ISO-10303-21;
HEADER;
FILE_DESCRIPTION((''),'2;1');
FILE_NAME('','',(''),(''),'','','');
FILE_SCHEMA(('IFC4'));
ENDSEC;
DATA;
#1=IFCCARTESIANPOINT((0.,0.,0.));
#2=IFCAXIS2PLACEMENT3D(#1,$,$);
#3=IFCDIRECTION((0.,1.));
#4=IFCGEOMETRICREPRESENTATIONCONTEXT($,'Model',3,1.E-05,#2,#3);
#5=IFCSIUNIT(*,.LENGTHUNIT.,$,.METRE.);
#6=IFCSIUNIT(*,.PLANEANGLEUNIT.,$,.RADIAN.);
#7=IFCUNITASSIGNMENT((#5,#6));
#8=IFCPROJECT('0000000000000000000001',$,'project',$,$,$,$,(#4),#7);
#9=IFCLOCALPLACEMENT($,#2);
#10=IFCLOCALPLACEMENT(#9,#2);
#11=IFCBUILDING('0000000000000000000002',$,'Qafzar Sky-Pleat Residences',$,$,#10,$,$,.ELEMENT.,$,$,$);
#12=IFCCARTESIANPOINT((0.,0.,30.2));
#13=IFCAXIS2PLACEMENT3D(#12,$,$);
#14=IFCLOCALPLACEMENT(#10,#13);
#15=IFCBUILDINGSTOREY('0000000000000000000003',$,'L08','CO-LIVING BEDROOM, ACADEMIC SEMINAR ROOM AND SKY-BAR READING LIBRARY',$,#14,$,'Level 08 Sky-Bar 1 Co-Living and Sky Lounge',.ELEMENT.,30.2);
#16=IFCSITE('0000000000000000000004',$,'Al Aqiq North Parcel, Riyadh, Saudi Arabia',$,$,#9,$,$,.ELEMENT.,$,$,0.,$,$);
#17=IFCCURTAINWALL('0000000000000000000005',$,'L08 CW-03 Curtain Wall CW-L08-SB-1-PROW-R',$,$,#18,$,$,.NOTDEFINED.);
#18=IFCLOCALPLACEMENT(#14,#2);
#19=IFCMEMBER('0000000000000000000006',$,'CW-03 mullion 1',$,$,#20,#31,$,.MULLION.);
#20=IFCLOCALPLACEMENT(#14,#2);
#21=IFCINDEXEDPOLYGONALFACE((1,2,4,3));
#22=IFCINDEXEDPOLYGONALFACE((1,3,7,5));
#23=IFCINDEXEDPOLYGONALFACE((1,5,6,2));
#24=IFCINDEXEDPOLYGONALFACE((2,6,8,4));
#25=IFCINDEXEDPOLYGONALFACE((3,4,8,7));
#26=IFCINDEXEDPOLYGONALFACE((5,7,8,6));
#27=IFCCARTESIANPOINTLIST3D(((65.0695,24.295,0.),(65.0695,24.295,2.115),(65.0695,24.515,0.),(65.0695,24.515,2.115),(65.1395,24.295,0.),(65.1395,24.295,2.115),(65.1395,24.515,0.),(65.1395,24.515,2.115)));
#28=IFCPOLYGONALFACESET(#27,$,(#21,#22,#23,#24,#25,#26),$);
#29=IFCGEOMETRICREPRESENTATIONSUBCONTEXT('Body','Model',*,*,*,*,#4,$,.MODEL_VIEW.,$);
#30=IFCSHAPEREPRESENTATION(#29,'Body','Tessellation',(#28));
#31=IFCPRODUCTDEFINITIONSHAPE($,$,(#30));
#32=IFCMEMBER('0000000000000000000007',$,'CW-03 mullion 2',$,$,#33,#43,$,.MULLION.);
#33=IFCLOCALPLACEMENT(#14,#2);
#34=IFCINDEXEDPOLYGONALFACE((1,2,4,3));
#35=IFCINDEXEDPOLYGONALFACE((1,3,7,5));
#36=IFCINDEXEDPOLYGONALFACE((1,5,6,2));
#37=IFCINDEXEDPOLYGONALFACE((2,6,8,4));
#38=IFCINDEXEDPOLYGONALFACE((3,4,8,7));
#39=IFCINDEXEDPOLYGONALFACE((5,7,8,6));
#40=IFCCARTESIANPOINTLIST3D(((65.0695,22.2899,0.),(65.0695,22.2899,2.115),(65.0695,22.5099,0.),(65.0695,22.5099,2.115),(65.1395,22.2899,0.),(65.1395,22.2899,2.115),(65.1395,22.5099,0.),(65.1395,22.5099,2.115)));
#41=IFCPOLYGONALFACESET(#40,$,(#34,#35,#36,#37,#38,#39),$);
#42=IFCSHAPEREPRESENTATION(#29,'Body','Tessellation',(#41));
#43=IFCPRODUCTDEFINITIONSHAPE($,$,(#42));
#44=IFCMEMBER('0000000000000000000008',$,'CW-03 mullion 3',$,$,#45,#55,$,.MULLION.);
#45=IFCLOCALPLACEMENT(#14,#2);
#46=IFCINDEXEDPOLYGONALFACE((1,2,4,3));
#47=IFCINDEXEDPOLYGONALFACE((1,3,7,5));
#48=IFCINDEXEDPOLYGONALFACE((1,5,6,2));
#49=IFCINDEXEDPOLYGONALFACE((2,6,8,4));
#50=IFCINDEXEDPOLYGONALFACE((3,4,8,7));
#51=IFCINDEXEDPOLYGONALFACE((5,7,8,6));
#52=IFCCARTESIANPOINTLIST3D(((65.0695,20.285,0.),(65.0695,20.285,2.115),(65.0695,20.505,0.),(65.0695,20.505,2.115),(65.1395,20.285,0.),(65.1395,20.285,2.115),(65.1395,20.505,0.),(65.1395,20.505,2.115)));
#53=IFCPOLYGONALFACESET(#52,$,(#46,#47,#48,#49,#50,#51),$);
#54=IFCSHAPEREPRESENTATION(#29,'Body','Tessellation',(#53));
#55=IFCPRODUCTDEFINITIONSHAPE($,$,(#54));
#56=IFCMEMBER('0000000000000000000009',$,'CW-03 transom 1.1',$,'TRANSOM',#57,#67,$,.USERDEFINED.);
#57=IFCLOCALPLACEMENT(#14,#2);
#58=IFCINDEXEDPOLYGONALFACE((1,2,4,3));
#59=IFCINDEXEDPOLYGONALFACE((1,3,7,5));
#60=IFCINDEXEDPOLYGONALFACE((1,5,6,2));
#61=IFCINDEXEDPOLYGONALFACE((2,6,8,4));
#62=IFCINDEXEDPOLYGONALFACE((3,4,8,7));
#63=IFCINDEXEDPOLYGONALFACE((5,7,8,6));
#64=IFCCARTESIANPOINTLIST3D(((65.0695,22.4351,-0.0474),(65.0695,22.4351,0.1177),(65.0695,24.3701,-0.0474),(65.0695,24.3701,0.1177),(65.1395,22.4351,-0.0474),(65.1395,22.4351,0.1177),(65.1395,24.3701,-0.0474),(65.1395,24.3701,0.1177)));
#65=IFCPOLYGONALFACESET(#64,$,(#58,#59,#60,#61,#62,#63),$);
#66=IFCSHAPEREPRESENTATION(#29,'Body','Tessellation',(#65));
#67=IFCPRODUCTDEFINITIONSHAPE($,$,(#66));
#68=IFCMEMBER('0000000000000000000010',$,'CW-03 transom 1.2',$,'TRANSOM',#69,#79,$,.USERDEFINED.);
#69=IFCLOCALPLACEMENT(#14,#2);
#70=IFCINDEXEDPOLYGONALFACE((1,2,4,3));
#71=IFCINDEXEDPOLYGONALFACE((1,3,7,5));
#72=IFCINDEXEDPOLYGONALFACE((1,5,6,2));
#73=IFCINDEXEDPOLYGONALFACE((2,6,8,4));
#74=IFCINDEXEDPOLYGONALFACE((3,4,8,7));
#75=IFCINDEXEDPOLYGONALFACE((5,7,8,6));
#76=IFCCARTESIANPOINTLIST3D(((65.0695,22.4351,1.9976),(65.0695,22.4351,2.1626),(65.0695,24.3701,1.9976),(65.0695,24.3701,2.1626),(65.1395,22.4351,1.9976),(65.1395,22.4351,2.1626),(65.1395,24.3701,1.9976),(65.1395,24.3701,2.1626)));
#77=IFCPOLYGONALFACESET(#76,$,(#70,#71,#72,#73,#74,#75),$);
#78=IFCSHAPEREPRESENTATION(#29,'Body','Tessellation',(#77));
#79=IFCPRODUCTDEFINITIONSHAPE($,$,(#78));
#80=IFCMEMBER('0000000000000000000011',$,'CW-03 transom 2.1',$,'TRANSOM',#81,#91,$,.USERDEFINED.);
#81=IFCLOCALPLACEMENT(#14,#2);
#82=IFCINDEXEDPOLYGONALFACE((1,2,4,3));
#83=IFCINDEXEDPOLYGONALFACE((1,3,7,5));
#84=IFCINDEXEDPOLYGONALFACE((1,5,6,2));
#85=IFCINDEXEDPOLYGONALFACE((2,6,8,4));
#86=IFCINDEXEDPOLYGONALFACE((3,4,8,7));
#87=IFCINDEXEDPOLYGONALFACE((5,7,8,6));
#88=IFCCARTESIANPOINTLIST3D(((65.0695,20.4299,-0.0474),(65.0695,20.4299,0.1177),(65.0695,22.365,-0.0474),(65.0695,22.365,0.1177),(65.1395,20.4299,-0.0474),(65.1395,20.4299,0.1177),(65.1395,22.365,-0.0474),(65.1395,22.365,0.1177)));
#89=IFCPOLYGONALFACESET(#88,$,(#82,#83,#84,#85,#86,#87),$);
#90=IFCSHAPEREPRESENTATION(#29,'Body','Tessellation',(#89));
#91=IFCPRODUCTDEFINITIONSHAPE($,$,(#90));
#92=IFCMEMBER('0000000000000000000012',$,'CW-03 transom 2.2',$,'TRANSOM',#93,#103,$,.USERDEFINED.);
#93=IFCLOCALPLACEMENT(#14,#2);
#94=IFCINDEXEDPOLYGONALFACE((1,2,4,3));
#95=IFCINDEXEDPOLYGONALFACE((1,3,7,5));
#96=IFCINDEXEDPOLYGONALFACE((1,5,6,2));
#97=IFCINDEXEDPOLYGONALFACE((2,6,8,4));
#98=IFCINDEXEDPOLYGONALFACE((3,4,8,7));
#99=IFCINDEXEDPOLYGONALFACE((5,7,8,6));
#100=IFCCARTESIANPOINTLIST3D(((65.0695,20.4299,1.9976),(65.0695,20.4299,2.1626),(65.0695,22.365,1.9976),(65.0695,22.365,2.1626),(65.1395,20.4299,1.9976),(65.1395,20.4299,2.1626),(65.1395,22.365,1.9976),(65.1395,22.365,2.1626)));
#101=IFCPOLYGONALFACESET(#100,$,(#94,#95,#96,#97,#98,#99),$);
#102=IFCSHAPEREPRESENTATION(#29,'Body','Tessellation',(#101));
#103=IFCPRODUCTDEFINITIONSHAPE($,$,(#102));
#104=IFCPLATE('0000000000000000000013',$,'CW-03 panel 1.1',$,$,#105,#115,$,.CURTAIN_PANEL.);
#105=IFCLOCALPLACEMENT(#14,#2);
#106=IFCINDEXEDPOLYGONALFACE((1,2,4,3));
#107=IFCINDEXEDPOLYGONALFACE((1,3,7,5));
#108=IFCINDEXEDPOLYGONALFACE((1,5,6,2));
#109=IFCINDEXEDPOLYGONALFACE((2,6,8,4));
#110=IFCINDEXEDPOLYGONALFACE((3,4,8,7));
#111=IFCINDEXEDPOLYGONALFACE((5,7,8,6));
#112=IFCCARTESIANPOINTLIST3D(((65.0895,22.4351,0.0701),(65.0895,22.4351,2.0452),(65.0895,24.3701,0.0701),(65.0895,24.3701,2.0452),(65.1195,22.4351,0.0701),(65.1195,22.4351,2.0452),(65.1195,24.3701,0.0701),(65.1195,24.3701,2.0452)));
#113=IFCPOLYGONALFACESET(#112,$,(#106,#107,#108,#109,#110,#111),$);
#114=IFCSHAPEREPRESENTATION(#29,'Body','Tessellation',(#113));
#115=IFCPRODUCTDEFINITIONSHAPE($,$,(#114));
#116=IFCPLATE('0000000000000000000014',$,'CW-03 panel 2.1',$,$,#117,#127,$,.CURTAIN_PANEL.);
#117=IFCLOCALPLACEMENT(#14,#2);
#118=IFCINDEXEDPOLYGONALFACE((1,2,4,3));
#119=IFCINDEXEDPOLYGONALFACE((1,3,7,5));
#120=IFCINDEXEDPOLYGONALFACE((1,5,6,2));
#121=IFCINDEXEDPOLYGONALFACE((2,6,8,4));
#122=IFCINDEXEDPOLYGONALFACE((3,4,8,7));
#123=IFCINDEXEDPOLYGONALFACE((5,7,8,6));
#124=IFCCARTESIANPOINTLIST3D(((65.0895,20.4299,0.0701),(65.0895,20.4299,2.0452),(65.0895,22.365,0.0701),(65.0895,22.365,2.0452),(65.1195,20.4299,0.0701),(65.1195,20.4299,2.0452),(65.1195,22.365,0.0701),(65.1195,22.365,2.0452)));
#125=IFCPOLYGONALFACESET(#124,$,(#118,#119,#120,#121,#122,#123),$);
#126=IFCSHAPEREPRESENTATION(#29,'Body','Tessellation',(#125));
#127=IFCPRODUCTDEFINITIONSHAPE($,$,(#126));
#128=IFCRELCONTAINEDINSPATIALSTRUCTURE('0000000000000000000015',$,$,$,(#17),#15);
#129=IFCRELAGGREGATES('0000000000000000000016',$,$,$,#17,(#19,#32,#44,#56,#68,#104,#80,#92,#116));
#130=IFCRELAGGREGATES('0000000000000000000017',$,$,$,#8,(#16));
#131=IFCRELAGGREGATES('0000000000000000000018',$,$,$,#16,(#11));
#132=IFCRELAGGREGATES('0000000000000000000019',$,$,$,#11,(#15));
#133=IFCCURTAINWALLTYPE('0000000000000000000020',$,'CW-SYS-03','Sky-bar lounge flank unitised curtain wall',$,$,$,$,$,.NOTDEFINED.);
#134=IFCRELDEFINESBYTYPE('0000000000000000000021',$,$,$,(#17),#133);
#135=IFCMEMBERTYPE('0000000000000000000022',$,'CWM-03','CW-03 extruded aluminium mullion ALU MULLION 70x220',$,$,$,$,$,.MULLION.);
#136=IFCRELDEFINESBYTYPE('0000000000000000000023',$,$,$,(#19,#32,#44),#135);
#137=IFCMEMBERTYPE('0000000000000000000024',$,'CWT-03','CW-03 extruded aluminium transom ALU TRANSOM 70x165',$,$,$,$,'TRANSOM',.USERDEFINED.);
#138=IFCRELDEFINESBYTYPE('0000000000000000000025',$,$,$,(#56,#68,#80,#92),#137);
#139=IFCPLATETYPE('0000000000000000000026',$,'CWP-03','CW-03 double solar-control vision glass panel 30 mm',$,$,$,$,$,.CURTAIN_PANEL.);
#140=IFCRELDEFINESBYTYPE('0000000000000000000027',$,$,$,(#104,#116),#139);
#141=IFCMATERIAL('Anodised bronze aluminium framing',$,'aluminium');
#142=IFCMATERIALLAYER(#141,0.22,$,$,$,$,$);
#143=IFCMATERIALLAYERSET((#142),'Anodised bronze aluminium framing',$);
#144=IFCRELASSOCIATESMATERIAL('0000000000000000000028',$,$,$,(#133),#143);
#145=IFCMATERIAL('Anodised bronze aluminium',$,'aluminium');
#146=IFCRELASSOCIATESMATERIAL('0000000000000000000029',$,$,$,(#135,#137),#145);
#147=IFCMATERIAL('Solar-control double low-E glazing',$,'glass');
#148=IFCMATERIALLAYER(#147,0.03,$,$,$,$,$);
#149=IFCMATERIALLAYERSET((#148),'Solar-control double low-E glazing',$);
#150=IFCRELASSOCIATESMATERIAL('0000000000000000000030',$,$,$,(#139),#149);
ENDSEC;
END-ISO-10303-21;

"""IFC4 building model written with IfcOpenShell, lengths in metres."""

from ifc_helpers import new_model, si_unit, direction, frame, origin, origin_2d, place, context, subcontext, project, spatial, rectangle, extrude, source, transform, mapped, material, layer, layer_set, material_profile, profile_set, type_object, element, aggregate, save


model = new_model("IFC4")

# Units and contexts
model_context = context("Model", 3, precision=1e-05, world=origin(), true_north=direction((0.0, 1.0)))
body_context = subcontext(model_context, "Body", "Model", "MODEL_VIEW")
ifc_project = project(units=[si_unit("LENGTHUNIT", "METRE"), si_unit("PLANEANGLEUNIT", "RADIAN")], contexts=[model_context])

# Site, building, storey
site_placement = place(None, origin())
site = spatial("IfcSite", under=ifc_project, at=site_placement, Name="Al Aqiq North Parcel, Riyadh, Saudi Arabia", CompositionType="ELEMENT", RefElevation=0.0)
building_placement = place(site_placement, origin())
building = spatial("IfcBuilding", under=site, at=building_placement, Name="Qafzar Sky-Pleat Residences", CompositionType="ELEMENT")
storey_placement = place(building_placement, frame((0.0, 0.0, 30.2)))
storey = spatial("IfcBuildingStorey", under=building, at=storey_placement, Name="L08", Description="CO-LIVING BEDROOM, ACADEMIC SEMINAR ROOM AND SKY-BAR READING LIBRARY", LongName="Level 08 Sky-Bar 1 Co-Living and Sky Lounge", CompositionType="ELEMENT", Elevation=30.2)

# Shared definitions
ifc_material_1 = material(Name="Anodised bronze aluminium framing", Category="aluminium")
ifc_material_2 = material(Name="Anodised bronze aluminium", Category="aluminium")

# Curtain wall, members, plates
ifc_layer_1 = layer(ifc_material_1, 0.22)
ifc_layer_set_1 = layer_set([ifc_layer_1], Name="Anodised bronze aluminium framing")
curtain_wall_type_1 = type_object("IfcCurtainWallType", Name="CW-SYS-03", Description="Sky-bar lounge flank unitised curtain wall", PredefinedType="NOTDEFINED", material=ifc_layer_set_1)
curtain_wall_1_placement = place(storey_placement, origin())
curtain_wall_1 = element("IfcCurtainWall", 1, at=curtain_wall_1_placement, inside=storey, type_object=curtain_wall_type_1, Name="L08 CW-03 Curtain Wall CW-L08-SB-1-PROW-R", PredefinedType="NOTDEFINED")
ifc_material_profile_1 = material_profile(ifc_material_2, rectangle(XDim=0.0701, YDim=0.22, at=origin_2d()), Name="ALU MULLION 70x220")
ifc_profile_set_1 = profile_set([ifc_material_profile_1], Name="Anodised bronze aluminium")
member_type_1 = type_object("IfcMemberType", Name="CWM-03", Description="CW-03 extruded aluminium mullion ALU MULLION 70x220", PredefinedType="MULLION", material=ifc_profile_set_1)
shared_shape_1 = source(origin(), body_context, "Body", "SweptSolid", [
    extrude(rectangle(XDim=0.0701, YDim=0.22, at=origin_2d()), origin(), (0.0, 0.0, 1.0), 2.115),
])
member_1_placement = place(storey_placement, frame((65.1045, 24.405, 0.0), z_axis=(0.0, 0.0, 1.0), x_axis=(1.0, 0.0, 0.0)))
member_1 = element("IfcMember", 2, at=member_1_placement, type_object=member_type_1, Name="CW-03 mullion 1", PredefinedType="MULLION", context=body_context, shape_type="MappedRepresentation", body=[
    mapped(shared_shape_1, transform((0.0, 0.0, 0.0), x_axis=(1.0, 0.0, 0.0), y_axis=(0.0, 1.0, 0.0), z_axis=(0.0, 0.0, 1.0), scale=1.0)),
])
member_2_placement = place(storey_placement, frame((65.1045, 22.3999, 0.0), z_axis=(0.0, 0.0, 1.0), x_axis=(1.0, 0.0, 0.0)))
member_2 = element("IfcMember", 3, at=member_2_placement, type_object=member_type_1, Name="CW-03 mullion 2", PredefinedType="MULLION", context=body_context, shape_type="MappedRepresentation", body=[
    mapped(shared_shape_1, transform((0.0, 0.0, 0.0), x_axis=(1.0, 0.0, 0.0), y_axis=(0.0, 1.0, 0.0), z_axis=(0.0, 0.0, 1.0), scale=1.0)),
])
member_3_placement = place(storey_placement, frame((65.1045, 20.395, 0.0), z_axis=(0.0, 0.0, 1.0), x_axis=(1.0, 0.0, 0.0)))
member_3 = element("IfcMember", 4, at=member_3_placement, type_object=member_type_1, Name="CW-03 mullion 3", PredefinedType="MULLION", context=body_context, shape_type="MappedRepresentation", body=[
    mapped(shared_shape_1, transform((0.0, 0.0, 0.0), x_axis=(1.0, 0.0, 0.0), y_axis=(0.0, 1.0, 0.0), z_axis=(0.0, 0.0, 1.0), scale=1.0)),
])
ifc_material_profile_2 = material_profile(ifc_material_2, rectangle(XDim=0.0701, YDim=0.165, at=origin_2d()), Name="ALU TRANSOM 70x165")
ifc_profile_set_2 = profile_set([ifc_material_profile_2], Name="Anodised bronze aluminium")
member_type_2 = type_object("IfcMemberType", Name="CWT-03", Description="CW-03 extruded aluminium transom ALU TRANSOM 70x165", ElementType="TRANSOM", PredefinedType="USERDEFINED", material=ifc_profile_set_2)
shared_shape_2 = source(origin(), body_context, "Body", "SweptSolid", [
    extrude(rectangle(XDim=0.0701, YDim=0.165, at=origin_2d()), origin(), (0.0, 0.0, 1.0), 1.9351),
])
member_4_placement = place(storey_placement, frame((65.1045, 24.3701, 0.0352), z_axis=(0.0, -1.0, 0.0), x_axis=(1.0, 0.0, 0.0)))
member_4 = element("IfcMember", 5, at=member_4_placement, type_object=member_type_2, Name="CW-03 transom 1.1", ObjectType="TRANSOM", PredefinedType="USERDEFINED", context=body_context, shape_type="MappedRepresentation", body=[
    mapped(shared_shape_2, transform((0.0, 0.0, 0.0), x_axis=(1.0, 0.0, 0.0), y_axis=(0.0, 1.0, 0.0), z_axis=(0.0, 0.0, 1.0), scale=1.0)),
])
member_5_placement = place(storey_placement, frame((65.1045, 24.3701, 2.0801), z_axis=(0.0, -1.0, 0.0), x_axis=(1.0, 0.0, 0.0)))
member_5 = element("IfcMember", 6, at=member_5_placement, type_object=member_type_2, Name="CW-03 transom 1.2", ObjectType="TRANSOM", PredefinedType="USERDEFINED", context=body_context, shape_type="MappedRepresentation", body=[
    mapped(shared_shape_2, transform((0.0, 0.0, 0.0), x_axis=(1.0, 0.0, 0.0), y_axis=(0.0, 1.0, 0.0), z_axis=(0.0, 0.0, 1.0), scale=1.0)),
])
member_6_placement = place(storey_placement, frame((65.1045, 22.365, 0.0352), z_axis=(0.0, -1.0, 0.0), x_axis=(1.0, 0.0, 0.0)))
member_6 = element("IfcMember", 7, at=member_6_placement, type_object=member_type_2, Name="CW-03 transom 2.1", ObjectType="TRANSOM", PredefinedType="USERDEFINED", context=body_context, shape_type="MappedRepresentation", body=[
    mapped(shared_shape_2, transform((0.0, 0.0, 0.0), x_axis=(1.0, 0.0, 0.0), y_axis=(0.0, 1.0, 0.0), z_axis=(0.0, 0.0, 1.0), scale=1.0)),
])
member_7_placement = place(storey_placement, frame((65.1045, 22.365, 2.0801), z_axis=(0.0, -1.0, 0.0), x_axis=(1.0, 0.0, 0.0)))
member_7 = element("IfcMember", 8, at=member_7_placement, type_object=member_type_2, Name="CW-03 transom 2.2", ObjectType="TRANSOM", PredefinedType="USERDEFINED", context=body_context, shape_type="MappedRepresentation", body=[
    mapped(shared_shape_2, transform((0.0, 0.0, 0.0), x_axis=(1.0, 0.0, 0.0), y_axis=(0.0, 1.0, 0.0), z_axis=(0.0, 0.0, 1.0), scale=1.0)),
])
ifc_material_3 = material(Name="Solar-control double low-E glazing", Category="glass")
ifc_layer_2 = layer(ifc_material_3, 0.03)
ifc_layer_set_2 = layer_set([ifc_layer_2], Name="Solar-control double low-E glazing")
plate_type = type_object("IfcPlateType", Name="CWP-03", Description="CW-03 double solar-control vision glass panel 30 mm", PredefinedType="CURTAIN_PANEL", material=ifc_layer_set_2)
shared_shape_3 = source(origin(), body_context, "Body", "SweptSolid", [
    extrude(rectangle(XDim=1.9351, YDim=0.03, at=origin_2d()), origin(), (0.0, 0.0, 1.0), 1.9751),
])
plate_1_placement = place(storey_placement, frame((65.1045, 23.4026, 0.0701), z_axis=(0.0, 0.0, 1.0), x_axis=(0.0, -1.0, 0.0)))
plate_1 = element("IfcPlate", 9, at=plate_1_placement, type_object=plate_type, Name="CW-03 panel 1.1", PredefinedType="CURTAIN_PANEL", context=body_context, shape_type="MappedRepresentation", body=[
    mapped(shared_shape_3, transform((0.0, 0.0, 0.0), x_axis=(1.0, 0.0, 0.0), y_axis=(0.0, 1.0, 0.0), z_axis=(0.0, 0.0, 1.0), scale=1.0)),
])
plate_2_placement = place(storey_placement, frame((65.1045, 21.3975, 0.0701), z_axis=(0.0, 0.0, 1.0), x_axis=(0.0, -1.0, 0.0)))
plate_2 = element("IfcPlate", 10, at=plate_2_placement, type_object=plate_type, Name="CW-03 panel 2.1", PredefinedType="CURTAIN_PANEL", context=body_context, shape_type="MappedRepresentation", body=[
    mapped(shared_shape_3, transform((0.0, 0.0, 0.0), x_axis=(1.0, 0.0, 0.0), y_axis=(0.0, 1.0, 0.0), z_axis=(0.0, 0.0, 1.0), scale=1.0)),
])
aggregate(curtain_wall_1, [member_1, member_2, member_3, member_4, member_5, plate_1, member_6, member_7, plate_2])

save(model, "model.ifc")
